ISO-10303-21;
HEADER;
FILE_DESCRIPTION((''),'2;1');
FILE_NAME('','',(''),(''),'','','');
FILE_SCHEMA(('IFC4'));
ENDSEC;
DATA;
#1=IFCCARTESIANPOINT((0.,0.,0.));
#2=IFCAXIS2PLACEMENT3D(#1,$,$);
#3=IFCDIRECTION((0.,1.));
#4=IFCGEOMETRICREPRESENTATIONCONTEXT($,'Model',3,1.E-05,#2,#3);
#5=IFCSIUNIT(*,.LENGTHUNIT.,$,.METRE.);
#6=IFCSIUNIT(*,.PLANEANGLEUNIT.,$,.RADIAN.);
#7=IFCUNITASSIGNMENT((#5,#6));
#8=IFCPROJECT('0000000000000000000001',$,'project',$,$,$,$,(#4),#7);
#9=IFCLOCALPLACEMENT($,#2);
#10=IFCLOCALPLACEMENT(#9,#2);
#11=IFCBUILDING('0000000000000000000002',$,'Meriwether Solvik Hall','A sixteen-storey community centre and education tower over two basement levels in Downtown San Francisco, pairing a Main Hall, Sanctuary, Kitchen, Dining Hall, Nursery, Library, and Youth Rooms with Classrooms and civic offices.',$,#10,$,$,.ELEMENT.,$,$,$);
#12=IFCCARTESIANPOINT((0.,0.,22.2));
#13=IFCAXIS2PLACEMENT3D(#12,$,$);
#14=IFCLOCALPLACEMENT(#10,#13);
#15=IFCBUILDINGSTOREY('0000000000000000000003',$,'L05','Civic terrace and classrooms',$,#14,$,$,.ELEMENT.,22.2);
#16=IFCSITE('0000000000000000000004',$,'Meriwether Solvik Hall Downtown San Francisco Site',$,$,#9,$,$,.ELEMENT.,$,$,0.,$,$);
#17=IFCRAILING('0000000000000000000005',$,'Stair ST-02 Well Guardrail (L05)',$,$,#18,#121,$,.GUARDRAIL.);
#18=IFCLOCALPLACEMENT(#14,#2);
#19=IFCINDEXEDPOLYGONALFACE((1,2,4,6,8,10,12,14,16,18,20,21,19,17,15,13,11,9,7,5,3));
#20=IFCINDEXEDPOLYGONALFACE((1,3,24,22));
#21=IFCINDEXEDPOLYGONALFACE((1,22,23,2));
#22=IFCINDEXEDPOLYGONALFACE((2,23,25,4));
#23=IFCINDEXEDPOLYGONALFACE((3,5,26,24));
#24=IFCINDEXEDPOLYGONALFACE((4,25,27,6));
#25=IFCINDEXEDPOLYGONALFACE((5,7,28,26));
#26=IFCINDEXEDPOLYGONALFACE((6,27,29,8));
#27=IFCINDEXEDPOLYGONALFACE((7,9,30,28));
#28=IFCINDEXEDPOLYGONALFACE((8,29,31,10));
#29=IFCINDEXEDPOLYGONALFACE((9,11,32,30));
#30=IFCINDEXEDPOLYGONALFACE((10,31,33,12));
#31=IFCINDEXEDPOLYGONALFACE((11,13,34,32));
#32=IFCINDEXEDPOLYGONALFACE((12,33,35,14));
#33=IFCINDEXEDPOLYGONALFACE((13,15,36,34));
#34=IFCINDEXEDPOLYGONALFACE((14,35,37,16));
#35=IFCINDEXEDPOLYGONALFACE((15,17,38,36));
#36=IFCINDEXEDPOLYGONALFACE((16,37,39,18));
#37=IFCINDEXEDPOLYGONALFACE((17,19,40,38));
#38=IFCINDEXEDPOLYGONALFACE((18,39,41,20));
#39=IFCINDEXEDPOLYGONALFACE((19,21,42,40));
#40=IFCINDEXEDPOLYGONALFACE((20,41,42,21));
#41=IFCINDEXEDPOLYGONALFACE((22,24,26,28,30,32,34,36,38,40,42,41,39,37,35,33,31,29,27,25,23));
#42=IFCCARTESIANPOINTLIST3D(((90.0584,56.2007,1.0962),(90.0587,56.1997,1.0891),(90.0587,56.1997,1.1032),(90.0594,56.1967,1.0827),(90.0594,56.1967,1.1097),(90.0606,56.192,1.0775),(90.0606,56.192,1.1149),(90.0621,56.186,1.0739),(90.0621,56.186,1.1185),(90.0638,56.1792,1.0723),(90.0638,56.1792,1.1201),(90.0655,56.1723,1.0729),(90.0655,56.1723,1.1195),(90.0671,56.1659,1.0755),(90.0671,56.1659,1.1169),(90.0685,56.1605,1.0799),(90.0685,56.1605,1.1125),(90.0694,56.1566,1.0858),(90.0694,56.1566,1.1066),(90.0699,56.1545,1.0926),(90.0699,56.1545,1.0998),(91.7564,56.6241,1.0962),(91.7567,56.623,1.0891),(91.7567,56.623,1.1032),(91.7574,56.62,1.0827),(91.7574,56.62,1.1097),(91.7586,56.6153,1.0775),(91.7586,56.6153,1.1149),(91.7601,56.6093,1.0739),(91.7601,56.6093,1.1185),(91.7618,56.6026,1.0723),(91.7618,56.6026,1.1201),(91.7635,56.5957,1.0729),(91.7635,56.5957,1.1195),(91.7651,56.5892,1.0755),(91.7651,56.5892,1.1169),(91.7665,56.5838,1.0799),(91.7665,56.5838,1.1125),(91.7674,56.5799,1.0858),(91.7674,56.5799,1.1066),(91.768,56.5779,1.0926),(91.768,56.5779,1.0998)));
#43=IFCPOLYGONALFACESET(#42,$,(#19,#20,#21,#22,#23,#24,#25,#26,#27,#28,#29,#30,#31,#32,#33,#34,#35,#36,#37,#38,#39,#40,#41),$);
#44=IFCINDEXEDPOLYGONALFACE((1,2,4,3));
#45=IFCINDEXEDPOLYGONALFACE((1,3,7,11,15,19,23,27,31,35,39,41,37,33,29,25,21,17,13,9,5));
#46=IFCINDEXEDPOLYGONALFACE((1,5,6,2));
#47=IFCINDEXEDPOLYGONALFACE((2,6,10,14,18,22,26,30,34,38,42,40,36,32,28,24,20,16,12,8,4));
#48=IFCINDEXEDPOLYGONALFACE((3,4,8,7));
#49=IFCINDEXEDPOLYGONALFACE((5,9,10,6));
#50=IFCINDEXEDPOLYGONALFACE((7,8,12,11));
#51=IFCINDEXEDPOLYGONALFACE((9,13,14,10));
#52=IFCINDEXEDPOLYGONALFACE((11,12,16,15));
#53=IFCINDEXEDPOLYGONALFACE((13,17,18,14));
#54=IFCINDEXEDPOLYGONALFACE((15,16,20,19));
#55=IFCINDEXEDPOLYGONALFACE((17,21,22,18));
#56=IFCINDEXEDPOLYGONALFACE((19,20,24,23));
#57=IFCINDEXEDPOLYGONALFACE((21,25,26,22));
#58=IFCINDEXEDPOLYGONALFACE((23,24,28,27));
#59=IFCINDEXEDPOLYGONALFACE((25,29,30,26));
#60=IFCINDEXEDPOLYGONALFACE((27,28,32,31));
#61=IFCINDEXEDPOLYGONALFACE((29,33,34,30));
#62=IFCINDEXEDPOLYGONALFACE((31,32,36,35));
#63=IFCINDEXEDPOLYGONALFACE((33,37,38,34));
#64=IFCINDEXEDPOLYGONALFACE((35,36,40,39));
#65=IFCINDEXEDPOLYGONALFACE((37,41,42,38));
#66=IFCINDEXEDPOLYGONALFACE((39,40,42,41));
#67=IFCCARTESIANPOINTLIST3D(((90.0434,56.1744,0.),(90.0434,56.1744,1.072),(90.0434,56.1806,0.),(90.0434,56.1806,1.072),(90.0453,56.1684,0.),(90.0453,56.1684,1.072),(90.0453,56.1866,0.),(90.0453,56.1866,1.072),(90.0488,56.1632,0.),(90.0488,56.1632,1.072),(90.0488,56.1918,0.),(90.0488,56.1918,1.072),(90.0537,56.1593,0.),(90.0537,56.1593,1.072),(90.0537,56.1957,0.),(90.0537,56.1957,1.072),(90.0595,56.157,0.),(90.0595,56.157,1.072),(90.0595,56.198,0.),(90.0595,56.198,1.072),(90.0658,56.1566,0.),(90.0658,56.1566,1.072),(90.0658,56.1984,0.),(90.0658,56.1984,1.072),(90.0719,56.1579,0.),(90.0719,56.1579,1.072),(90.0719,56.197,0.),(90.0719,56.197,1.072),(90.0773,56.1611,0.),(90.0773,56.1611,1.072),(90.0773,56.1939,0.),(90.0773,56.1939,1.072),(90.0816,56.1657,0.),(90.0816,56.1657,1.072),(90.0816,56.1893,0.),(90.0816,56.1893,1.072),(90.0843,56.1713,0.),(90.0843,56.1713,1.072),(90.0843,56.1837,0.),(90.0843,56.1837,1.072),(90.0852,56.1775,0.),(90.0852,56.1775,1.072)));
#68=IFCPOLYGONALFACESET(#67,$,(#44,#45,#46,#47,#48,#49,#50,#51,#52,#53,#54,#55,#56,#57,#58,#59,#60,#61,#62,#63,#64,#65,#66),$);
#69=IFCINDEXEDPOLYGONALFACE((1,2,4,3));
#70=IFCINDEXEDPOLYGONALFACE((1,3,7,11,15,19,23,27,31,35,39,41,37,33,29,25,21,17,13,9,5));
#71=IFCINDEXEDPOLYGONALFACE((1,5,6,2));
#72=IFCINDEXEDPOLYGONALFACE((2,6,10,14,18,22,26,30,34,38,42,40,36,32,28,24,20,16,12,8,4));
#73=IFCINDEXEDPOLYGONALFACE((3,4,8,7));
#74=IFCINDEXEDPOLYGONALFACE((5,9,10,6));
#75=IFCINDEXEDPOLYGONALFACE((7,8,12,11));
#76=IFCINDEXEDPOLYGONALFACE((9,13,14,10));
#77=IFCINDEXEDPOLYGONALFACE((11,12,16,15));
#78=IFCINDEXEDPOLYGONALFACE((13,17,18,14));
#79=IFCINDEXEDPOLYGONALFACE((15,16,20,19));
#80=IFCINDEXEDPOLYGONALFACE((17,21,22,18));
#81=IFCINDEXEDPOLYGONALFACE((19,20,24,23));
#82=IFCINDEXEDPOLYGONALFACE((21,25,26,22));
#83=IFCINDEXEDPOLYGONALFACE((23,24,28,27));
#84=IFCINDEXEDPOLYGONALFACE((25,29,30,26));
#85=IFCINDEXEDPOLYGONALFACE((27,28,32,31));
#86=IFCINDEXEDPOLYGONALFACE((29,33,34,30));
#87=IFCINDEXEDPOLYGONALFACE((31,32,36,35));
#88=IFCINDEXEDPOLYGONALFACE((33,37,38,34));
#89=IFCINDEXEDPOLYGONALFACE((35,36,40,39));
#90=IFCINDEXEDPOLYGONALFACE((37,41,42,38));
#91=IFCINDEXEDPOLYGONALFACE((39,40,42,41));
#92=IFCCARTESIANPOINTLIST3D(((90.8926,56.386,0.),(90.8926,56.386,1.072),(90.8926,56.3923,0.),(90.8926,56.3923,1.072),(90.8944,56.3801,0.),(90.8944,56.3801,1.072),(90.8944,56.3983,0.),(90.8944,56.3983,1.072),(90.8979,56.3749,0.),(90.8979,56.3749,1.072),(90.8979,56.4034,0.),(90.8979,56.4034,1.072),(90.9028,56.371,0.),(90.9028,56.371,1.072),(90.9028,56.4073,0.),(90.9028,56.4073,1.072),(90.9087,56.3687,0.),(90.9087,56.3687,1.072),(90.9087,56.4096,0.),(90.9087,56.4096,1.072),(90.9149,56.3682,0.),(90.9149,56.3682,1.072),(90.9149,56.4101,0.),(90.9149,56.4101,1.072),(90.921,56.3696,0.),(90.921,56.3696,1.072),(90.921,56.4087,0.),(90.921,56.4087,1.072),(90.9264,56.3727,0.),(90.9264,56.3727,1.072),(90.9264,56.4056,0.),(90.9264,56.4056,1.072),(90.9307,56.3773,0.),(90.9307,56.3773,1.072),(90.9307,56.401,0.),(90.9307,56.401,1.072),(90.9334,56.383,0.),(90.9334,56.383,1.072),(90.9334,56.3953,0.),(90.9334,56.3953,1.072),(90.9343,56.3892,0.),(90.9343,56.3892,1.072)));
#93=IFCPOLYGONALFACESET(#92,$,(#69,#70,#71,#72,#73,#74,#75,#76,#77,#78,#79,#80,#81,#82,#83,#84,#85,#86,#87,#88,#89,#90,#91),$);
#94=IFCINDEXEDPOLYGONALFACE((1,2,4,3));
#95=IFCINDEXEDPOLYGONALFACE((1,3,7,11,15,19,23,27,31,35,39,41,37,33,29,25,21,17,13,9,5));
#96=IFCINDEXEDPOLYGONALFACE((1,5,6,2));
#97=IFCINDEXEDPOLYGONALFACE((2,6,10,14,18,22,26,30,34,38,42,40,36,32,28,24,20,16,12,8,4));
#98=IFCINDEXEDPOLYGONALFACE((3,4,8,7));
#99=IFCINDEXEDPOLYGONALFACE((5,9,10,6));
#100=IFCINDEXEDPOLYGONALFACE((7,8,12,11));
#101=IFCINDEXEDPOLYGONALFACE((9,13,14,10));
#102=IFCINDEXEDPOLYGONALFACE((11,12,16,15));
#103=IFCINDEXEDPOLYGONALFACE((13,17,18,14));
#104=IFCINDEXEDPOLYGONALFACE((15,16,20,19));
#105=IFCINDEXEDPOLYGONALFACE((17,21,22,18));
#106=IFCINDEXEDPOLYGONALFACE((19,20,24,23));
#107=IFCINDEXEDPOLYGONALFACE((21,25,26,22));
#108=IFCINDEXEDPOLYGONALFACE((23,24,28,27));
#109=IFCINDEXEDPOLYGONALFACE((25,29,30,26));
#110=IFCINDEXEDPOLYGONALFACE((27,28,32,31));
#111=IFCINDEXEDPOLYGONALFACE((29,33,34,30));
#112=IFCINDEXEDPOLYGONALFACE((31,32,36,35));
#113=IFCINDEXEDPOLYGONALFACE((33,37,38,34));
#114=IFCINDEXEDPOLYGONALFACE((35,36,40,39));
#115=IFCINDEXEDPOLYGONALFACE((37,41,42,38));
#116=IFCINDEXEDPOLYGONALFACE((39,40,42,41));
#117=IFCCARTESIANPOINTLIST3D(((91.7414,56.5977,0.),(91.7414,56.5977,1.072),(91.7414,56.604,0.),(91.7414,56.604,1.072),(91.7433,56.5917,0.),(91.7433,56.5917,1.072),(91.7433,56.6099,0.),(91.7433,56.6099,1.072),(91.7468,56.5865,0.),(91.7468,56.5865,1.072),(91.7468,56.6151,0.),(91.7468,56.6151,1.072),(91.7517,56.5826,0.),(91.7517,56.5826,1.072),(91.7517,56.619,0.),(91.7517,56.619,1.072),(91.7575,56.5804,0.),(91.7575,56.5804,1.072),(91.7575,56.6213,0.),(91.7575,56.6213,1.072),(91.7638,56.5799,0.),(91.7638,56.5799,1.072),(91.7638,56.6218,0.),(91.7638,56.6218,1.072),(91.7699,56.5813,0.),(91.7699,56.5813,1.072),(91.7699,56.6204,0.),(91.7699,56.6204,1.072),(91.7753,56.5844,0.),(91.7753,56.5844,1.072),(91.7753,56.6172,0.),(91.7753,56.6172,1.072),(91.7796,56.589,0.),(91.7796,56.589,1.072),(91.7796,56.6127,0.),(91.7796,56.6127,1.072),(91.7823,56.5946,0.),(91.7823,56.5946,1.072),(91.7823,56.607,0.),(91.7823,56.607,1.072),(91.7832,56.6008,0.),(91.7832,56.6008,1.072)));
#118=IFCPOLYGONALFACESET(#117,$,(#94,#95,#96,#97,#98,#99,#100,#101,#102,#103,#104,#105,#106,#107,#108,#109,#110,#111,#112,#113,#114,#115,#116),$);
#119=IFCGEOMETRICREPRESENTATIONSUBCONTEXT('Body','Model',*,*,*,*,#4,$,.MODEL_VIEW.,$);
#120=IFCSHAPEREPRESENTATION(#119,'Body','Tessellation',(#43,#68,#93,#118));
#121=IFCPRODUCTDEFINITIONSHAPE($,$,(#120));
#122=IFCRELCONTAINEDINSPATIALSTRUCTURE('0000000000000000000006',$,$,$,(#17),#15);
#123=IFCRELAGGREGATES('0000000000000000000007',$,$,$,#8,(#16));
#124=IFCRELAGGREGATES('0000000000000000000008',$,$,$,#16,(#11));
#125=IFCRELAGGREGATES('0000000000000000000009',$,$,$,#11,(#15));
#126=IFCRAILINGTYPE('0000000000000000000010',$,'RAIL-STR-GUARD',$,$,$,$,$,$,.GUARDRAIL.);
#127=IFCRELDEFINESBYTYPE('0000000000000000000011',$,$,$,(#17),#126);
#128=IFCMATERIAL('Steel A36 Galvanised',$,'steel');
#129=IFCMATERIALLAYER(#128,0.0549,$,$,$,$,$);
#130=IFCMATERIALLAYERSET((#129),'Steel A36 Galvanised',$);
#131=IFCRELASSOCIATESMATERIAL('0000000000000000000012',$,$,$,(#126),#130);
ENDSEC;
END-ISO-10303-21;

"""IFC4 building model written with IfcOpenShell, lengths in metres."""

from ifc_helpers import new_model, si_unit, direction, frame, origin, origin_2d, place, context, subcontext, project, spatial, circle, extrude, material, layer, layer_set, type_object, element, save


model = new_model("IFC4")

# Units and contexts
model_context = context("Model", 3, precision=1e-05, world=origin(), true_north=direction((0.0, 1.0)))
body_context = subcontext(model_context, "Body", "Model", "MODEL_VIEW")
ifc_project = project(units=[si_unit("LENGTHUNIT", "METRE"), si_unit("PLANEANGLEUNIT", "RADIAN")], contexts=[model_context])

# Site, building, storey
site_placement = place(None, origin())
site = spatial("IfcSite", under=ifc_project, at=site_placement, Name="Meriwether Solvik Hall Downtown San Francisco Site", CompositionType="ELEMENT", RefElevation=0.0)
building_placement = place(site_placement, origin())
building = spatial("IfcBuilding", under=site, at=building_placement, Name="Meriwether Solvik Hall", Description="A sixteen-storey community centre and education tower over two basement levels in Downtown San Francisco, pairing a Main Hall, Sanctuary, Kitchen, Dining Hall, Nursery, Library, and Youth Rooms with Classrooms and civic offices.", CompositionType="ELEMENT")
storey_placement = place(building_placement, frame((0.0, 0.0, 22.2)))
storey = spatial("IfcBuildingStorey", under=building, at=storey_placement, Name="L05", Description="Civic terrace and classrooms", CompositionType="ELEMENT", Elevation=22.2)

# Railing
ifc_material_1 = material(Name="Steel A36 Galvanised", Category="steel")
ifc_layer_1 = layer(ifc_material_1, 0.0549)
ifc_layer_set_1 = layer_set([ifc_layer_1], Name="Steel A36 Galvanised")
railing_type_1 = type_object("IfcRailingType", Name="RAIL-STR-GUARD", PredefinedType="GUARDRAIL", material=ifc_layer_set_1)
railing_1_placement = place(storey_placement, frame((90.0642, 56.1775, 0.0)))
element("IfcRailing", 1, at=railing_1_placement, inside=storey, type_object=railing_type_1, Name="Stair ST-02 Well Guardrail (L05)", PredefinedType="GUARDRAIL", context=body_context, shape_type="SweptSolid", body=[
    extrude(circle(Radius=0.0239, at=origin_2d()), frame((0.0, 0.0, 1.0962), z_axis=(0.970298, 0.241912, 0.0), x_axis=(-0.241912, 0.970298, 0.0)), (0.0, 0.0, 1.0), 1.75),
    extrude(circle(Radius=0.021, at=origin_2d()), origin(), (0.0, 0.0, 1.0), 1.072),
    extrude(circle(Radius=0.021, at=origin_2d()), frame((0.8491, 0.2117, 0.0)), (0.0, 0.0, 1.0), 1.072),
    extrude(circle(Radius=0.021, at=origin_2d()), frame((1.698, 0.4233, 0.0)), (0.0, 0.0, 1.0), 1.072),
])

save(model, "model.ifc")
